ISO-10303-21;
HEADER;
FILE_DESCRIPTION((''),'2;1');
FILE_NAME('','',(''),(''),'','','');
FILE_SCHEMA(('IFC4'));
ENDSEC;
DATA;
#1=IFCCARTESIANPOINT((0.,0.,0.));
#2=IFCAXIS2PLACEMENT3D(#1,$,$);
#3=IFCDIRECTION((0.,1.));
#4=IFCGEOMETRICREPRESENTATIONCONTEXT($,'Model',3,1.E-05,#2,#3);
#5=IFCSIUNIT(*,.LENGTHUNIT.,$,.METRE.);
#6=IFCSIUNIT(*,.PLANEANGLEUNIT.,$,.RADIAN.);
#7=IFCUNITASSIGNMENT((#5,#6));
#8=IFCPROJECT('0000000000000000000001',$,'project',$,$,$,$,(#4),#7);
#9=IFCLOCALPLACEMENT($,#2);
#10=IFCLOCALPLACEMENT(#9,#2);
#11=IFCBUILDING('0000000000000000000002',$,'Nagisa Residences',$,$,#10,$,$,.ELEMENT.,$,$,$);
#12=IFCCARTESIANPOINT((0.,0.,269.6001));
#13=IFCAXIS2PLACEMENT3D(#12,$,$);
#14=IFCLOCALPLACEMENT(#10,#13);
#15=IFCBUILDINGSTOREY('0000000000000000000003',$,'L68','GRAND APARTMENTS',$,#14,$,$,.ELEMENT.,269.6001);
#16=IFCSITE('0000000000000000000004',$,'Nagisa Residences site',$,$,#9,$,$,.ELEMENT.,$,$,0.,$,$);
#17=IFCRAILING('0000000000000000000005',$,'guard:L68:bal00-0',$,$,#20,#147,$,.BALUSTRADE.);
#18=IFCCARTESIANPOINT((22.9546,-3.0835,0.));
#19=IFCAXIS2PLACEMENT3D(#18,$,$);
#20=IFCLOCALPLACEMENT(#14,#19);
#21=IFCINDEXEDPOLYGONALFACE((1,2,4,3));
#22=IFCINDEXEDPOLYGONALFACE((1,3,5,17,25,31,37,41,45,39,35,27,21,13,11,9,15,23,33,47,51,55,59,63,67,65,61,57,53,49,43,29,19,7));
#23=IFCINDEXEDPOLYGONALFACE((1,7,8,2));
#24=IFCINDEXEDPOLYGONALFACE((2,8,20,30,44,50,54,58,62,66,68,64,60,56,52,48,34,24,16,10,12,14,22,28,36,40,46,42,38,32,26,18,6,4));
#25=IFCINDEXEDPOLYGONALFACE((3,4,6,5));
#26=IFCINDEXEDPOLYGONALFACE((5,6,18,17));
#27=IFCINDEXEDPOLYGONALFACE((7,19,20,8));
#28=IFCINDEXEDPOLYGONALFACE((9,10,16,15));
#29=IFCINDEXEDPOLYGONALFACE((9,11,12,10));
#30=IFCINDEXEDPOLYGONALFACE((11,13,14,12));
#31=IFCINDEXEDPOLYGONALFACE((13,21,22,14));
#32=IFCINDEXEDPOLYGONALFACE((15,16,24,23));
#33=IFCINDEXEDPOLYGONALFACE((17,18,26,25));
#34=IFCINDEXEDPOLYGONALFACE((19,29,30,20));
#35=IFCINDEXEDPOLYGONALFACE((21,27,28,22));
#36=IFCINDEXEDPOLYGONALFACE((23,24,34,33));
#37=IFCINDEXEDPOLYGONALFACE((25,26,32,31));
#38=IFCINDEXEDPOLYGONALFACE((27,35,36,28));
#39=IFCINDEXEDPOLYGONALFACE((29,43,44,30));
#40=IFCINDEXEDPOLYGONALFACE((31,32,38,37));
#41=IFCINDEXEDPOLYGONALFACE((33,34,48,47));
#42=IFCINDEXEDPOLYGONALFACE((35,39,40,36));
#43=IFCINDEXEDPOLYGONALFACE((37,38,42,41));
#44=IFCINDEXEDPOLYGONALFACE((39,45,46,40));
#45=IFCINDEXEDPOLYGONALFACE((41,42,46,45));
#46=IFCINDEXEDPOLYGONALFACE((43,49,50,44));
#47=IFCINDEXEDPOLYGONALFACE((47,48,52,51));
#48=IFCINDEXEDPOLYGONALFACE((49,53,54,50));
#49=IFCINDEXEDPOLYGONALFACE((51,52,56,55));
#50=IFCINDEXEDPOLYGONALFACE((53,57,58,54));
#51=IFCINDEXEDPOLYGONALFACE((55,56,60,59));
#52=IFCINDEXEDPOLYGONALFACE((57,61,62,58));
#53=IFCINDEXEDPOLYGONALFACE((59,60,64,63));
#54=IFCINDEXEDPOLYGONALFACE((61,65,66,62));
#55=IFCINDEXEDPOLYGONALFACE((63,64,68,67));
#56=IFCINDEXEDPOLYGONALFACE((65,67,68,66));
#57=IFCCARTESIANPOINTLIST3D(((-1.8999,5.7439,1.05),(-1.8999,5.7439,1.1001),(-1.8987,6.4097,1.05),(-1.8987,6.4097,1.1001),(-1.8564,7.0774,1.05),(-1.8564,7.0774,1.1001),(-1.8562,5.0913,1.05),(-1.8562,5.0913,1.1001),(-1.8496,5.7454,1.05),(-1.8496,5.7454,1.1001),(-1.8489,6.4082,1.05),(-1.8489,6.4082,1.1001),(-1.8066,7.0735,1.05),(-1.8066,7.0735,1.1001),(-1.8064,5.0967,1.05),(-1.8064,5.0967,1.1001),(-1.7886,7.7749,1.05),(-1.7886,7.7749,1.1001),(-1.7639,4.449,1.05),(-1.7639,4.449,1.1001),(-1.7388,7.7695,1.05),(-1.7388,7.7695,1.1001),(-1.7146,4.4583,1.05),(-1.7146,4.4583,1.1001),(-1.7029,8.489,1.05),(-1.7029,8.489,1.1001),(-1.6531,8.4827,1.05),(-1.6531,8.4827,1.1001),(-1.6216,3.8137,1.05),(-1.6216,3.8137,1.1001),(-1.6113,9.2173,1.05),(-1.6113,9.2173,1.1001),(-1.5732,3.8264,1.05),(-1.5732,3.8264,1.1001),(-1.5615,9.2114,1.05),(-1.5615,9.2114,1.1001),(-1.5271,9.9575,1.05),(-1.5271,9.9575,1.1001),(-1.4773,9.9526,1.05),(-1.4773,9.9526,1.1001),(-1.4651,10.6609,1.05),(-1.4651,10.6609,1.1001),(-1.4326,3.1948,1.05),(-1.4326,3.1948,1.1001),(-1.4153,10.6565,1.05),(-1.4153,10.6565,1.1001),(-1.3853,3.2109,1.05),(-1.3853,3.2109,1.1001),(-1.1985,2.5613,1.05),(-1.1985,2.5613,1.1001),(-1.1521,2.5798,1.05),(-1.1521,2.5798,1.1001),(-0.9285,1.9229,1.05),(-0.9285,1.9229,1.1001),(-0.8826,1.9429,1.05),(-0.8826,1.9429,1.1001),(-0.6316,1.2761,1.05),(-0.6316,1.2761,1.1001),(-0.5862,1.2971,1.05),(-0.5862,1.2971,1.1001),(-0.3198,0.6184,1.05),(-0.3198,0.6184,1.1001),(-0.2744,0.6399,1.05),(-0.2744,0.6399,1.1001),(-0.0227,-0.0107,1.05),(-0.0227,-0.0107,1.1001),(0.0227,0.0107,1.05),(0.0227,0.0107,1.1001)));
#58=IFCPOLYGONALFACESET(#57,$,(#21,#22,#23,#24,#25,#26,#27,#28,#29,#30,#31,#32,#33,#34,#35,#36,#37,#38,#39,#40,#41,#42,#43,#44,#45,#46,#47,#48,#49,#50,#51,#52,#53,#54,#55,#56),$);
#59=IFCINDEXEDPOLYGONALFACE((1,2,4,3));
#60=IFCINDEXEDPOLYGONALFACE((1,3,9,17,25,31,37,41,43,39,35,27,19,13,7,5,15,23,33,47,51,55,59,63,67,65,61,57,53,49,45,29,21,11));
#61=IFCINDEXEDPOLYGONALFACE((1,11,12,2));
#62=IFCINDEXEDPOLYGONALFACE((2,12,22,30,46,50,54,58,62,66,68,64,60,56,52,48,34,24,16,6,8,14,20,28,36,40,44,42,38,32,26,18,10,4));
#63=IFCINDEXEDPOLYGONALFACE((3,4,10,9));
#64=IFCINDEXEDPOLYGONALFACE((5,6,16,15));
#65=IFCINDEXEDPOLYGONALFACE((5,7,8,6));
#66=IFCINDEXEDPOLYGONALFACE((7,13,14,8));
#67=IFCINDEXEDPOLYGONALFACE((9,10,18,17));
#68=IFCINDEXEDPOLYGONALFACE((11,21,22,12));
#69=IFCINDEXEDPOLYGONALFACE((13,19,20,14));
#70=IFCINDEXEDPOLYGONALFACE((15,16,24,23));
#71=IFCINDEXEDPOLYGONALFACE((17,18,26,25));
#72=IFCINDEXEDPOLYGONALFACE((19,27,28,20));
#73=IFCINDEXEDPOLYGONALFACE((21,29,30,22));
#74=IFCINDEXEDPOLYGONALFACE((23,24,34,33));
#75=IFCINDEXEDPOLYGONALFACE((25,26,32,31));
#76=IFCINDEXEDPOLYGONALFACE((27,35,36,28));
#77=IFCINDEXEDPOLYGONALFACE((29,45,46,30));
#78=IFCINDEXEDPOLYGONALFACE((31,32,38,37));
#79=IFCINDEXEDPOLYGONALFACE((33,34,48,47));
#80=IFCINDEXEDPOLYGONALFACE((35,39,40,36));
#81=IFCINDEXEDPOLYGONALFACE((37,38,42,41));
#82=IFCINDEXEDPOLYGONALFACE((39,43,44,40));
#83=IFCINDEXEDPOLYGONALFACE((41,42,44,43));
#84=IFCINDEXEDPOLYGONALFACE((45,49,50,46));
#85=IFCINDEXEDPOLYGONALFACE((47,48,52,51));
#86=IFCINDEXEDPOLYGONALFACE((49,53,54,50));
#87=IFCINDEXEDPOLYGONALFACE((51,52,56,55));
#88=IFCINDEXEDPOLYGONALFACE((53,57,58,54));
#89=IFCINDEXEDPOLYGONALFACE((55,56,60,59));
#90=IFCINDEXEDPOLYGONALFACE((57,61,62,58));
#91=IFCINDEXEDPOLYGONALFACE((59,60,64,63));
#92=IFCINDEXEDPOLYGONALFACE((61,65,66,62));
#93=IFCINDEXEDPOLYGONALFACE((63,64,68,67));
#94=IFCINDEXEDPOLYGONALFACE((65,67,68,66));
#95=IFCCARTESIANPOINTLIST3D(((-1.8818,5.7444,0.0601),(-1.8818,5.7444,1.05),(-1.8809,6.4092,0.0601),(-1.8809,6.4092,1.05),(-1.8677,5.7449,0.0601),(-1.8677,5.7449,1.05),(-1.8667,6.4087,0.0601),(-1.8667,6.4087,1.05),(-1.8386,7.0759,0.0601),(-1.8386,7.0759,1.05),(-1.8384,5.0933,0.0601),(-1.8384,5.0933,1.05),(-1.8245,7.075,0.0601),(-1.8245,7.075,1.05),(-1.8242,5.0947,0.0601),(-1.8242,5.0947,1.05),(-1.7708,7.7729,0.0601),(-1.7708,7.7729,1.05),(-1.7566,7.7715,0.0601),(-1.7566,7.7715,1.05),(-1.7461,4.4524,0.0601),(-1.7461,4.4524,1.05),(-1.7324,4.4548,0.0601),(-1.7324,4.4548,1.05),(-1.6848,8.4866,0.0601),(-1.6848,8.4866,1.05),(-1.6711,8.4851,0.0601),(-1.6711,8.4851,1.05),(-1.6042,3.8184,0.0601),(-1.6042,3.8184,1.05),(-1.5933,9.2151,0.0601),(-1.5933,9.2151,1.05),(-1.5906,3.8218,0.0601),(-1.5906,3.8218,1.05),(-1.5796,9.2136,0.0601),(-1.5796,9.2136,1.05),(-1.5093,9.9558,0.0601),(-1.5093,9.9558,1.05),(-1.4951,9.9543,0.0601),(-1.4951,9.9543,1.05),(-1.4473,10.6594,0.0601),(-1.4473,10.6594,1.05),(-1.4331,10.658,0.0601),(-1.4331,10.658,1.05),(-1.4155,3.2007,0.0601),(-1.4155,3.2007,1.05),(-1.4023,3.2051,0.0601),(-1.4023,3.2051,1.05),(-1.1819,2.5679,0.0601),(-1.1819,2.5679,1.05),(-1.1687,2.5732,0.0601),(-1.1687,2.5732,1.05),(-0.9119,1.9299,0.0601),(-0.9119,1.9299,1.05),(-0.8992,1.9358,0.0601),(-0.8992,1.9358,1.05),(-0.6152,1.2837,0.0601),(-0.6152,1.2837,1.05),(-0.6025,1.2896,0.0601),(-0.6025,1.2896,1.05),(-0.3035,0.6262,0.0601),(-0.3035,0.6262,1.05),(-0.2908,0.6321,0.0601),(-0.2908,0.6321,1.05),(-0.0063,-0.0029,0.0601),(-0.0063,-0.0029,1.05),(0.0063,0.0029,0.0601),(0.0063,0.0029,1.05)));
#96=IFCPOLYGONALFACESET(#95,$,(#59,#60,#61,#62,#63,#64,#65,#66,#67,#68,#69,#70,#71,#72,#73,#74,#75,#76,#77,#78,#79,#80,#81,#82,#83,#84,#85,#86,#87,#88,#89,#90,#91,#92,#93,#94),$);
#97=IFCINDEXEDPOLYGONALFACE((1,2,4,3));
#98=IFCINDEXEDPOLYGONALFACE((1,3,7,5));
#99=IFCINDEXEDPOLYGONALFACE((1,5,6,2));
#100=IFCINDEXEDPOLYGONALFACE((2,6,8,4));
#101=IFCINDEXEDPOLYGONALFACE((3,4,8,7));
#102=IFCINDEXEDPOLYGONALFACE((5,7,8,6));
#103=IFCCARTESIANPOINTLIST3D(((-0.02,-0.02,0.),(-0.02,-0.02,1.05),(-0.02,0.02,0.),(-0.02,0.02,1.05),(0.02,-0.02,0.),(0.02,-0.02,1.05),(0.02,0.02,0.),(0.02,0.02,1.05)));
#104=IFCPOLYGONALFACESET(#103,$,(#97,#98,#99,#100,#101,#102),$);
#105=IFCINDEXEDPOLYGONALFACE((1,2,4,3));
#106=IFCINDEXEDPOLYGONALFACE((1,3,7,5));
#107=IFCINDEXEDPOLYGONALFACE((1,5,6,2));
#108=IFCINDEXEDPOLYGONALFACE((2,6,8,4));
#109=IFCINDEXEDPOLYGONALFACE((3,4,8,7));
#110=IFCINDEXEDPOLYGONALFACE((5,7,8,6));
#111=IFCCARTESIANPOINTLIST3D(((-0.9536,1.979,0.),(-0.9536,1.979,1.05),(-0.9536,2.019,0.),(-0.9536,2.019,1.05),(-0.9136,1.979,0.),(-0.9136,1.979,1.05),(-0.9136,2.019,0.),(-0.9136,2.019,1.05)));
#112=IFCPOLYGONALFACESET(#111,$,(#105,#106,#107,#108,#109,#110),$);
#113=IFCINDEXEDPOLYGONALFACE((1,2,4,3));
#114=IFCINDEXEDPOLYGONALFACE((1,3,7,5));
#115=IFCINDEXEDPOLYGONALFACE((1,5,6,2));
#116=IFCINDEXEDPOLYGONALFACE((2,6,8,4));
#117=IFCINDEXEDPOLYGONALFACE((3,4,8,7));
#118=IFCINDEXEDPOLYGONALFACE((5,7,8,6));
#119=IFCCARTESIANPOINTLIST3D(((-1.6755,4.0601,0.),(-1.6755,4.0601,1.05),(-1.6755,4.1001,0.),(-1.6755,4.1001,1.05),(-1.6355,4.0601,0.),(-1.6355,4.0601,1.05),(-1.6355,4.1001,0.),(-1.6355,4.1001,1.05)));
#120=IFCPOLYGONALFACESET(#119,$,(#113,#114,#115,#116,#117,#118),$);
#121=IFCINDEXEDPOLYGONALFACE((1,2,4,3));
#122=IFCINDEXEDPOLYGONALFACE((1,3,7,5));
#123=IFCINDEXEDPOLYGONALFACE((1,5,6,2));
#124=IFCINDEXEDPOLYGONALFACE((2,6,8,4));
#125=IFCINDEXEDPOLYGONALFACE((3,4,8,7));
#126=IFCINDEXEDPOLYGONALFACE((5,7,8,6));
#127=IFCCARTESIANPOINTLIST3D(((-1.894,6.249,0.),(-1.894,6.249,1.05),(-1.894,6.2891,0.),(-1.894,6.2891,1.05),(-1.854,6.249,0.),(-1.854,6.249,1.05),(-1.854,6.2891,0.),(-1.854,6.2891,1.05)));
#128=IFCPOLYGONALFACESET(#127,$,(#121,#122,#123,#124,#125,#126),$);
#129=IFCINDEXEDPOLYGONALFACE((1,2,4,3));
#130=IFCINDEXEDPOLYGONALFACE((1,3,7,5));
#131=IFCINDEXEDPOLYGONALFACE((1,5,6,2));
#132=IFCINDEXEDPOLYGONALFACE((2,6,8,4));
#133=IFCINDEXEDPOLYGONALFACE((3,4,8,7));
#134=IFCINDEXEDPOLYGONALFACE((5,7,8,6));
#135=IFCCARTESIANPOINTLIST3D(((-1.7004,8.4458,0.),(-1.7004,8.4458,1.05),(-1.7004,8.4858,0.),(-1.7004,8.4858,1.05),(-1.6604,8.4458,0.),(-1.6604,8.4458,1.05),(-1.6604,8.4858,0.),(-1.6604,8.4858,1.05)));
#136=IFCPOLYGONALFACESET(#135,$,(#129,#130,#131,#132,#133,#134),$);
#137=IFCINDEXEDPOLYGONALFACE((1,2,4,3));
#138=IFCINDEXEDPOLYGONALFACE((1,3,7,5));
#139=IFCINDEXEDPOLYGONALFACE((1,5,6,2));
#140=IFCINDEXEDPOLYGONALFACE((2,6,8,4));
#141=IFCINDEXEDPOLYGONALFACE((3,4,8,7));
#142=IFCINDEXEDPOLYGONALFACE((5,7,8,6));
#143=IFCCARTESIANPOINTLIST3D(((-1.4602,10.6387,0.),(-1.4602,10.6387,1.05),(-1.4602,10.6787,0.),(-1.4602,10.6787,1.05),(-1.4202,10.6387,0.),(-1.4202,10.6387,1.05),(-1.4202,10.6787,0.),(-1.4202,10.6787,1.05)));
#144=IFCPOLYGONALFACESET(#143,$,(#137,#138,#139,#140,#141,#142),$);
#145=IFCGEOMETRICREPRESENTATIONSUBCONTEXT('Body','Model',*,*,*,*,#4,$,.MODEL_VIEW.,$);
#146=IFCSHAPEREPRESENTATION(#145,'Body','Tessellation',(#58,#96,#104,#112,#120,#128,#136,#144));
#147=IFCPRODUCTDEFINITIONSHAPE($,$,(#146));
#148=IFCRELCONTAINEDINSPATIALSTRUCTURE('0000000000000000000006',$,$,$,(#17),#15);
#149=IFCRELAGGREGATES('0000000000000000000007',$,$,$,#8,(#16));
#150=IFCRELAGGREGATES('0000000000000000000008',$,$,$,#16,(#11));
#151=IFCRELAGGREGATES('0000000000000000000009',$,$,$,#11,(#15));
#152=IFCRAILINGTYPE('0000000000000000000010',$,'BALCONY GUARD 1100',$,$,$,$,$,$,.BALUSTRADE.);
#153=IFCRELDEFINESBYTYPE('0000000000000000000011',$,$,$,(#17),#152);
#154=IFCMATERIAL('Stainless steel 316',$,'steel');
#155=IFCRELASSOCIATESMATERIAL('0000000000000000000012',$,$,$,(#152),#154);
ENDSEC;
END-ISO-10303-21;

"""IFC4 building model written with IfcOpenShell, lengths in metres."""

from ifc_helpers import new_model, si_unit, direction, frame, origin, origin_2d, place, context, subcontext, project, spatial, polyline, rectangle, outline, extrude, material, type_object, element, save


model = new_model("IFC4")

# Units and contexts
model_context = context("Model", 3, precision=1e-05, world=origin(), true_north=direction((0.0, 1.0)))
body_context = subcontext(model_context, "Body", "Model", "MODEL_VIEW")
ifc_project = project(units=[si_unit("LENGTHUNIT", "METRE"), si_unit("PLANEANGLEUNIT", "RADIAN")], contexts=[model_context])

# Site, building, storey
site_placement = place(None, origin())
site = spatial("IfcSite", under=ifc_project, at=site_placement, Name="Nagisa Residences site", CompositionType="ELEMENT", RefElevation=0.0)
building_placement = place(site_placement, origin())
building = spatial("IfcBuilding", under=site, at=building_placement, Name="Nagisa Residences", CompositionType="ELEMENT")
storey_placement = place(building_placement, frame((0.0, 0.0, 269.6001)))
storey = spatial("IfcBuildingStorey", under=building, at=storey_placement, Name="L68", Description="GRAND APARTMENTS", CompositionType="ELEMENT", Elevation=269.6001)

# Railing
ifc_material_1 = material(Name="Stainless steel 316", Category="steel")
railing_type = type_object("IfcRailingType", Name="BALCONY GUARD 1100", PredefinedType="BALUSTRADE", material=ifc_material_1)
railing_placement = place(storey_placement, frame((22.9546, -3.0835, 0.0)))
element("IfcRailing", 1, at=railing_placement, inside=storey, type_object=railing_type, Name="guard:L68:bal00-0", PredefinedType="BALUSTRADE", context=body_context, shape_type="SweptSolid", body=[
    extrude(outline(polyline([(-0.3198, 0.6184), (-0.0227, -0.0107), (0.0227, 0.0107), (-0.2744, 0.6399), (-0.5862, 1.2971), (-0.8826, 1.9429), (-1.1521, 2.5798), (-1.3853, 3.2109), (-1.5732, 3.8264), (-1.7146, 4.4583), (-1.8064, 5.0967), (-1.8496, 5.7454), (-1.8489, 6.4082), (-1.8066, 7.0735), (-1.7388, 7.7695), (-1.6531, 8.4827), (-1.5615, 9.2114), (-1.4773, 9.9526), (-1.4153, 10.6565), (-1.4651, 10.6609), (-1.5271, 9.9575), (-1.6113, 9.2173), (-1.7029, 8.489), (-1.7886, 7.7749), (-1.8564, 7.0774), (-1.8987, 6.4097), (-1.8999, 5.7439), (-1.8562, 5.0913), (-1.7639, 4.449), (-1.6216, 3.8137), (-1.4326, 3.1948), (-1.1985, 2.5613), (-0.9285, 1.9229), (-0.6316, 1.2761), (-0.3198, 0.6184)])), frame((0.0, 0.0, 1.05)), (0.0, 0.0, 1.0), 0.05),
    extrude(outline(polyline([(-0.3035, 0.6262), (-0.0063, -0.0029), (0.0063, 0.0029), (-0.2908, 0.6321), (-0.6025, 1.2896), (-0.8992, 1.9358), (-1.1687, 2.5732), (-1.4023, 3.2051), (-1.5906, 3.8218), (-1.7324, 4.4548), (-1.8242, 5.0947), (-1.8677, 5.7449), (-1.8667, 6.4087), (-1.8245, 7.075), (-1.7566, 7.7715), (-1.6711, 8.4851), (-1.5796, 9.2136), (-1.4951, 9.9543), (-1.4331, 10.658), (-1.4473, 10.6594), (-1.5093, 9.9558), (-1.5933, 9.2151), (-1.6848, 8.4866), (-1.7708, 7.7729), (-1.8386, 7.0759), (-1.8809, 6.4092), (-1.8818, 5.7444), (-1.8384, 5.0933), (-1.7461, 4.4524), (-1.6042, 3.8184), (-1.4155, 3.2007), (-1.1819, 2.5679), (-0.9119, 1.9299), (-0.6152, 1.2837), (-0.3035, 0.6262)])), frame((0.0, 0.0, 0.0601)), (0.0, 0.0, 1.0), 0.99),
    extrude(rectangle(XDim=0.04, YDim=0.04, at=origin_2d()), origin(), (0.0, 0.0, 1.0), 1.05),
    extrude(rectangle(XDim=0.04, YDim=0.04, at=origin_2d()), frame((-0.9336, 1.999, 0.0)), (0.0, 0.0, 1.0), 1.05),
    extrude(rectangle(XDim=0.04, YDim=0.04, at=origin_2d()), frame((-1.6555, 4.0801, 0.0)), (0.0, 0.0, 1.0), 1.05),
    extrude(rectangle(XDim=0.04, YDim=0.04, at=origin_2d()), frame((-1.874, 6.269, 0.0)), (0.0, 0.0, 1.0), 1.05),
    extrude(rectangle(XDim=0.04, YDim=0.04, at=origin_2d()), frame((-1.6804, 8.4658, 0.0)), (0.0, 0.0, 1.0), 1.05),
    extrude(rectangle(XDim=0.04, YDim=0.04, at=origin_2d()), frame((-1.4402, 10.6587, 0.0)), (0.0, 0.0, 1.0), 1.05),
])

save(model, "model.ifc")
